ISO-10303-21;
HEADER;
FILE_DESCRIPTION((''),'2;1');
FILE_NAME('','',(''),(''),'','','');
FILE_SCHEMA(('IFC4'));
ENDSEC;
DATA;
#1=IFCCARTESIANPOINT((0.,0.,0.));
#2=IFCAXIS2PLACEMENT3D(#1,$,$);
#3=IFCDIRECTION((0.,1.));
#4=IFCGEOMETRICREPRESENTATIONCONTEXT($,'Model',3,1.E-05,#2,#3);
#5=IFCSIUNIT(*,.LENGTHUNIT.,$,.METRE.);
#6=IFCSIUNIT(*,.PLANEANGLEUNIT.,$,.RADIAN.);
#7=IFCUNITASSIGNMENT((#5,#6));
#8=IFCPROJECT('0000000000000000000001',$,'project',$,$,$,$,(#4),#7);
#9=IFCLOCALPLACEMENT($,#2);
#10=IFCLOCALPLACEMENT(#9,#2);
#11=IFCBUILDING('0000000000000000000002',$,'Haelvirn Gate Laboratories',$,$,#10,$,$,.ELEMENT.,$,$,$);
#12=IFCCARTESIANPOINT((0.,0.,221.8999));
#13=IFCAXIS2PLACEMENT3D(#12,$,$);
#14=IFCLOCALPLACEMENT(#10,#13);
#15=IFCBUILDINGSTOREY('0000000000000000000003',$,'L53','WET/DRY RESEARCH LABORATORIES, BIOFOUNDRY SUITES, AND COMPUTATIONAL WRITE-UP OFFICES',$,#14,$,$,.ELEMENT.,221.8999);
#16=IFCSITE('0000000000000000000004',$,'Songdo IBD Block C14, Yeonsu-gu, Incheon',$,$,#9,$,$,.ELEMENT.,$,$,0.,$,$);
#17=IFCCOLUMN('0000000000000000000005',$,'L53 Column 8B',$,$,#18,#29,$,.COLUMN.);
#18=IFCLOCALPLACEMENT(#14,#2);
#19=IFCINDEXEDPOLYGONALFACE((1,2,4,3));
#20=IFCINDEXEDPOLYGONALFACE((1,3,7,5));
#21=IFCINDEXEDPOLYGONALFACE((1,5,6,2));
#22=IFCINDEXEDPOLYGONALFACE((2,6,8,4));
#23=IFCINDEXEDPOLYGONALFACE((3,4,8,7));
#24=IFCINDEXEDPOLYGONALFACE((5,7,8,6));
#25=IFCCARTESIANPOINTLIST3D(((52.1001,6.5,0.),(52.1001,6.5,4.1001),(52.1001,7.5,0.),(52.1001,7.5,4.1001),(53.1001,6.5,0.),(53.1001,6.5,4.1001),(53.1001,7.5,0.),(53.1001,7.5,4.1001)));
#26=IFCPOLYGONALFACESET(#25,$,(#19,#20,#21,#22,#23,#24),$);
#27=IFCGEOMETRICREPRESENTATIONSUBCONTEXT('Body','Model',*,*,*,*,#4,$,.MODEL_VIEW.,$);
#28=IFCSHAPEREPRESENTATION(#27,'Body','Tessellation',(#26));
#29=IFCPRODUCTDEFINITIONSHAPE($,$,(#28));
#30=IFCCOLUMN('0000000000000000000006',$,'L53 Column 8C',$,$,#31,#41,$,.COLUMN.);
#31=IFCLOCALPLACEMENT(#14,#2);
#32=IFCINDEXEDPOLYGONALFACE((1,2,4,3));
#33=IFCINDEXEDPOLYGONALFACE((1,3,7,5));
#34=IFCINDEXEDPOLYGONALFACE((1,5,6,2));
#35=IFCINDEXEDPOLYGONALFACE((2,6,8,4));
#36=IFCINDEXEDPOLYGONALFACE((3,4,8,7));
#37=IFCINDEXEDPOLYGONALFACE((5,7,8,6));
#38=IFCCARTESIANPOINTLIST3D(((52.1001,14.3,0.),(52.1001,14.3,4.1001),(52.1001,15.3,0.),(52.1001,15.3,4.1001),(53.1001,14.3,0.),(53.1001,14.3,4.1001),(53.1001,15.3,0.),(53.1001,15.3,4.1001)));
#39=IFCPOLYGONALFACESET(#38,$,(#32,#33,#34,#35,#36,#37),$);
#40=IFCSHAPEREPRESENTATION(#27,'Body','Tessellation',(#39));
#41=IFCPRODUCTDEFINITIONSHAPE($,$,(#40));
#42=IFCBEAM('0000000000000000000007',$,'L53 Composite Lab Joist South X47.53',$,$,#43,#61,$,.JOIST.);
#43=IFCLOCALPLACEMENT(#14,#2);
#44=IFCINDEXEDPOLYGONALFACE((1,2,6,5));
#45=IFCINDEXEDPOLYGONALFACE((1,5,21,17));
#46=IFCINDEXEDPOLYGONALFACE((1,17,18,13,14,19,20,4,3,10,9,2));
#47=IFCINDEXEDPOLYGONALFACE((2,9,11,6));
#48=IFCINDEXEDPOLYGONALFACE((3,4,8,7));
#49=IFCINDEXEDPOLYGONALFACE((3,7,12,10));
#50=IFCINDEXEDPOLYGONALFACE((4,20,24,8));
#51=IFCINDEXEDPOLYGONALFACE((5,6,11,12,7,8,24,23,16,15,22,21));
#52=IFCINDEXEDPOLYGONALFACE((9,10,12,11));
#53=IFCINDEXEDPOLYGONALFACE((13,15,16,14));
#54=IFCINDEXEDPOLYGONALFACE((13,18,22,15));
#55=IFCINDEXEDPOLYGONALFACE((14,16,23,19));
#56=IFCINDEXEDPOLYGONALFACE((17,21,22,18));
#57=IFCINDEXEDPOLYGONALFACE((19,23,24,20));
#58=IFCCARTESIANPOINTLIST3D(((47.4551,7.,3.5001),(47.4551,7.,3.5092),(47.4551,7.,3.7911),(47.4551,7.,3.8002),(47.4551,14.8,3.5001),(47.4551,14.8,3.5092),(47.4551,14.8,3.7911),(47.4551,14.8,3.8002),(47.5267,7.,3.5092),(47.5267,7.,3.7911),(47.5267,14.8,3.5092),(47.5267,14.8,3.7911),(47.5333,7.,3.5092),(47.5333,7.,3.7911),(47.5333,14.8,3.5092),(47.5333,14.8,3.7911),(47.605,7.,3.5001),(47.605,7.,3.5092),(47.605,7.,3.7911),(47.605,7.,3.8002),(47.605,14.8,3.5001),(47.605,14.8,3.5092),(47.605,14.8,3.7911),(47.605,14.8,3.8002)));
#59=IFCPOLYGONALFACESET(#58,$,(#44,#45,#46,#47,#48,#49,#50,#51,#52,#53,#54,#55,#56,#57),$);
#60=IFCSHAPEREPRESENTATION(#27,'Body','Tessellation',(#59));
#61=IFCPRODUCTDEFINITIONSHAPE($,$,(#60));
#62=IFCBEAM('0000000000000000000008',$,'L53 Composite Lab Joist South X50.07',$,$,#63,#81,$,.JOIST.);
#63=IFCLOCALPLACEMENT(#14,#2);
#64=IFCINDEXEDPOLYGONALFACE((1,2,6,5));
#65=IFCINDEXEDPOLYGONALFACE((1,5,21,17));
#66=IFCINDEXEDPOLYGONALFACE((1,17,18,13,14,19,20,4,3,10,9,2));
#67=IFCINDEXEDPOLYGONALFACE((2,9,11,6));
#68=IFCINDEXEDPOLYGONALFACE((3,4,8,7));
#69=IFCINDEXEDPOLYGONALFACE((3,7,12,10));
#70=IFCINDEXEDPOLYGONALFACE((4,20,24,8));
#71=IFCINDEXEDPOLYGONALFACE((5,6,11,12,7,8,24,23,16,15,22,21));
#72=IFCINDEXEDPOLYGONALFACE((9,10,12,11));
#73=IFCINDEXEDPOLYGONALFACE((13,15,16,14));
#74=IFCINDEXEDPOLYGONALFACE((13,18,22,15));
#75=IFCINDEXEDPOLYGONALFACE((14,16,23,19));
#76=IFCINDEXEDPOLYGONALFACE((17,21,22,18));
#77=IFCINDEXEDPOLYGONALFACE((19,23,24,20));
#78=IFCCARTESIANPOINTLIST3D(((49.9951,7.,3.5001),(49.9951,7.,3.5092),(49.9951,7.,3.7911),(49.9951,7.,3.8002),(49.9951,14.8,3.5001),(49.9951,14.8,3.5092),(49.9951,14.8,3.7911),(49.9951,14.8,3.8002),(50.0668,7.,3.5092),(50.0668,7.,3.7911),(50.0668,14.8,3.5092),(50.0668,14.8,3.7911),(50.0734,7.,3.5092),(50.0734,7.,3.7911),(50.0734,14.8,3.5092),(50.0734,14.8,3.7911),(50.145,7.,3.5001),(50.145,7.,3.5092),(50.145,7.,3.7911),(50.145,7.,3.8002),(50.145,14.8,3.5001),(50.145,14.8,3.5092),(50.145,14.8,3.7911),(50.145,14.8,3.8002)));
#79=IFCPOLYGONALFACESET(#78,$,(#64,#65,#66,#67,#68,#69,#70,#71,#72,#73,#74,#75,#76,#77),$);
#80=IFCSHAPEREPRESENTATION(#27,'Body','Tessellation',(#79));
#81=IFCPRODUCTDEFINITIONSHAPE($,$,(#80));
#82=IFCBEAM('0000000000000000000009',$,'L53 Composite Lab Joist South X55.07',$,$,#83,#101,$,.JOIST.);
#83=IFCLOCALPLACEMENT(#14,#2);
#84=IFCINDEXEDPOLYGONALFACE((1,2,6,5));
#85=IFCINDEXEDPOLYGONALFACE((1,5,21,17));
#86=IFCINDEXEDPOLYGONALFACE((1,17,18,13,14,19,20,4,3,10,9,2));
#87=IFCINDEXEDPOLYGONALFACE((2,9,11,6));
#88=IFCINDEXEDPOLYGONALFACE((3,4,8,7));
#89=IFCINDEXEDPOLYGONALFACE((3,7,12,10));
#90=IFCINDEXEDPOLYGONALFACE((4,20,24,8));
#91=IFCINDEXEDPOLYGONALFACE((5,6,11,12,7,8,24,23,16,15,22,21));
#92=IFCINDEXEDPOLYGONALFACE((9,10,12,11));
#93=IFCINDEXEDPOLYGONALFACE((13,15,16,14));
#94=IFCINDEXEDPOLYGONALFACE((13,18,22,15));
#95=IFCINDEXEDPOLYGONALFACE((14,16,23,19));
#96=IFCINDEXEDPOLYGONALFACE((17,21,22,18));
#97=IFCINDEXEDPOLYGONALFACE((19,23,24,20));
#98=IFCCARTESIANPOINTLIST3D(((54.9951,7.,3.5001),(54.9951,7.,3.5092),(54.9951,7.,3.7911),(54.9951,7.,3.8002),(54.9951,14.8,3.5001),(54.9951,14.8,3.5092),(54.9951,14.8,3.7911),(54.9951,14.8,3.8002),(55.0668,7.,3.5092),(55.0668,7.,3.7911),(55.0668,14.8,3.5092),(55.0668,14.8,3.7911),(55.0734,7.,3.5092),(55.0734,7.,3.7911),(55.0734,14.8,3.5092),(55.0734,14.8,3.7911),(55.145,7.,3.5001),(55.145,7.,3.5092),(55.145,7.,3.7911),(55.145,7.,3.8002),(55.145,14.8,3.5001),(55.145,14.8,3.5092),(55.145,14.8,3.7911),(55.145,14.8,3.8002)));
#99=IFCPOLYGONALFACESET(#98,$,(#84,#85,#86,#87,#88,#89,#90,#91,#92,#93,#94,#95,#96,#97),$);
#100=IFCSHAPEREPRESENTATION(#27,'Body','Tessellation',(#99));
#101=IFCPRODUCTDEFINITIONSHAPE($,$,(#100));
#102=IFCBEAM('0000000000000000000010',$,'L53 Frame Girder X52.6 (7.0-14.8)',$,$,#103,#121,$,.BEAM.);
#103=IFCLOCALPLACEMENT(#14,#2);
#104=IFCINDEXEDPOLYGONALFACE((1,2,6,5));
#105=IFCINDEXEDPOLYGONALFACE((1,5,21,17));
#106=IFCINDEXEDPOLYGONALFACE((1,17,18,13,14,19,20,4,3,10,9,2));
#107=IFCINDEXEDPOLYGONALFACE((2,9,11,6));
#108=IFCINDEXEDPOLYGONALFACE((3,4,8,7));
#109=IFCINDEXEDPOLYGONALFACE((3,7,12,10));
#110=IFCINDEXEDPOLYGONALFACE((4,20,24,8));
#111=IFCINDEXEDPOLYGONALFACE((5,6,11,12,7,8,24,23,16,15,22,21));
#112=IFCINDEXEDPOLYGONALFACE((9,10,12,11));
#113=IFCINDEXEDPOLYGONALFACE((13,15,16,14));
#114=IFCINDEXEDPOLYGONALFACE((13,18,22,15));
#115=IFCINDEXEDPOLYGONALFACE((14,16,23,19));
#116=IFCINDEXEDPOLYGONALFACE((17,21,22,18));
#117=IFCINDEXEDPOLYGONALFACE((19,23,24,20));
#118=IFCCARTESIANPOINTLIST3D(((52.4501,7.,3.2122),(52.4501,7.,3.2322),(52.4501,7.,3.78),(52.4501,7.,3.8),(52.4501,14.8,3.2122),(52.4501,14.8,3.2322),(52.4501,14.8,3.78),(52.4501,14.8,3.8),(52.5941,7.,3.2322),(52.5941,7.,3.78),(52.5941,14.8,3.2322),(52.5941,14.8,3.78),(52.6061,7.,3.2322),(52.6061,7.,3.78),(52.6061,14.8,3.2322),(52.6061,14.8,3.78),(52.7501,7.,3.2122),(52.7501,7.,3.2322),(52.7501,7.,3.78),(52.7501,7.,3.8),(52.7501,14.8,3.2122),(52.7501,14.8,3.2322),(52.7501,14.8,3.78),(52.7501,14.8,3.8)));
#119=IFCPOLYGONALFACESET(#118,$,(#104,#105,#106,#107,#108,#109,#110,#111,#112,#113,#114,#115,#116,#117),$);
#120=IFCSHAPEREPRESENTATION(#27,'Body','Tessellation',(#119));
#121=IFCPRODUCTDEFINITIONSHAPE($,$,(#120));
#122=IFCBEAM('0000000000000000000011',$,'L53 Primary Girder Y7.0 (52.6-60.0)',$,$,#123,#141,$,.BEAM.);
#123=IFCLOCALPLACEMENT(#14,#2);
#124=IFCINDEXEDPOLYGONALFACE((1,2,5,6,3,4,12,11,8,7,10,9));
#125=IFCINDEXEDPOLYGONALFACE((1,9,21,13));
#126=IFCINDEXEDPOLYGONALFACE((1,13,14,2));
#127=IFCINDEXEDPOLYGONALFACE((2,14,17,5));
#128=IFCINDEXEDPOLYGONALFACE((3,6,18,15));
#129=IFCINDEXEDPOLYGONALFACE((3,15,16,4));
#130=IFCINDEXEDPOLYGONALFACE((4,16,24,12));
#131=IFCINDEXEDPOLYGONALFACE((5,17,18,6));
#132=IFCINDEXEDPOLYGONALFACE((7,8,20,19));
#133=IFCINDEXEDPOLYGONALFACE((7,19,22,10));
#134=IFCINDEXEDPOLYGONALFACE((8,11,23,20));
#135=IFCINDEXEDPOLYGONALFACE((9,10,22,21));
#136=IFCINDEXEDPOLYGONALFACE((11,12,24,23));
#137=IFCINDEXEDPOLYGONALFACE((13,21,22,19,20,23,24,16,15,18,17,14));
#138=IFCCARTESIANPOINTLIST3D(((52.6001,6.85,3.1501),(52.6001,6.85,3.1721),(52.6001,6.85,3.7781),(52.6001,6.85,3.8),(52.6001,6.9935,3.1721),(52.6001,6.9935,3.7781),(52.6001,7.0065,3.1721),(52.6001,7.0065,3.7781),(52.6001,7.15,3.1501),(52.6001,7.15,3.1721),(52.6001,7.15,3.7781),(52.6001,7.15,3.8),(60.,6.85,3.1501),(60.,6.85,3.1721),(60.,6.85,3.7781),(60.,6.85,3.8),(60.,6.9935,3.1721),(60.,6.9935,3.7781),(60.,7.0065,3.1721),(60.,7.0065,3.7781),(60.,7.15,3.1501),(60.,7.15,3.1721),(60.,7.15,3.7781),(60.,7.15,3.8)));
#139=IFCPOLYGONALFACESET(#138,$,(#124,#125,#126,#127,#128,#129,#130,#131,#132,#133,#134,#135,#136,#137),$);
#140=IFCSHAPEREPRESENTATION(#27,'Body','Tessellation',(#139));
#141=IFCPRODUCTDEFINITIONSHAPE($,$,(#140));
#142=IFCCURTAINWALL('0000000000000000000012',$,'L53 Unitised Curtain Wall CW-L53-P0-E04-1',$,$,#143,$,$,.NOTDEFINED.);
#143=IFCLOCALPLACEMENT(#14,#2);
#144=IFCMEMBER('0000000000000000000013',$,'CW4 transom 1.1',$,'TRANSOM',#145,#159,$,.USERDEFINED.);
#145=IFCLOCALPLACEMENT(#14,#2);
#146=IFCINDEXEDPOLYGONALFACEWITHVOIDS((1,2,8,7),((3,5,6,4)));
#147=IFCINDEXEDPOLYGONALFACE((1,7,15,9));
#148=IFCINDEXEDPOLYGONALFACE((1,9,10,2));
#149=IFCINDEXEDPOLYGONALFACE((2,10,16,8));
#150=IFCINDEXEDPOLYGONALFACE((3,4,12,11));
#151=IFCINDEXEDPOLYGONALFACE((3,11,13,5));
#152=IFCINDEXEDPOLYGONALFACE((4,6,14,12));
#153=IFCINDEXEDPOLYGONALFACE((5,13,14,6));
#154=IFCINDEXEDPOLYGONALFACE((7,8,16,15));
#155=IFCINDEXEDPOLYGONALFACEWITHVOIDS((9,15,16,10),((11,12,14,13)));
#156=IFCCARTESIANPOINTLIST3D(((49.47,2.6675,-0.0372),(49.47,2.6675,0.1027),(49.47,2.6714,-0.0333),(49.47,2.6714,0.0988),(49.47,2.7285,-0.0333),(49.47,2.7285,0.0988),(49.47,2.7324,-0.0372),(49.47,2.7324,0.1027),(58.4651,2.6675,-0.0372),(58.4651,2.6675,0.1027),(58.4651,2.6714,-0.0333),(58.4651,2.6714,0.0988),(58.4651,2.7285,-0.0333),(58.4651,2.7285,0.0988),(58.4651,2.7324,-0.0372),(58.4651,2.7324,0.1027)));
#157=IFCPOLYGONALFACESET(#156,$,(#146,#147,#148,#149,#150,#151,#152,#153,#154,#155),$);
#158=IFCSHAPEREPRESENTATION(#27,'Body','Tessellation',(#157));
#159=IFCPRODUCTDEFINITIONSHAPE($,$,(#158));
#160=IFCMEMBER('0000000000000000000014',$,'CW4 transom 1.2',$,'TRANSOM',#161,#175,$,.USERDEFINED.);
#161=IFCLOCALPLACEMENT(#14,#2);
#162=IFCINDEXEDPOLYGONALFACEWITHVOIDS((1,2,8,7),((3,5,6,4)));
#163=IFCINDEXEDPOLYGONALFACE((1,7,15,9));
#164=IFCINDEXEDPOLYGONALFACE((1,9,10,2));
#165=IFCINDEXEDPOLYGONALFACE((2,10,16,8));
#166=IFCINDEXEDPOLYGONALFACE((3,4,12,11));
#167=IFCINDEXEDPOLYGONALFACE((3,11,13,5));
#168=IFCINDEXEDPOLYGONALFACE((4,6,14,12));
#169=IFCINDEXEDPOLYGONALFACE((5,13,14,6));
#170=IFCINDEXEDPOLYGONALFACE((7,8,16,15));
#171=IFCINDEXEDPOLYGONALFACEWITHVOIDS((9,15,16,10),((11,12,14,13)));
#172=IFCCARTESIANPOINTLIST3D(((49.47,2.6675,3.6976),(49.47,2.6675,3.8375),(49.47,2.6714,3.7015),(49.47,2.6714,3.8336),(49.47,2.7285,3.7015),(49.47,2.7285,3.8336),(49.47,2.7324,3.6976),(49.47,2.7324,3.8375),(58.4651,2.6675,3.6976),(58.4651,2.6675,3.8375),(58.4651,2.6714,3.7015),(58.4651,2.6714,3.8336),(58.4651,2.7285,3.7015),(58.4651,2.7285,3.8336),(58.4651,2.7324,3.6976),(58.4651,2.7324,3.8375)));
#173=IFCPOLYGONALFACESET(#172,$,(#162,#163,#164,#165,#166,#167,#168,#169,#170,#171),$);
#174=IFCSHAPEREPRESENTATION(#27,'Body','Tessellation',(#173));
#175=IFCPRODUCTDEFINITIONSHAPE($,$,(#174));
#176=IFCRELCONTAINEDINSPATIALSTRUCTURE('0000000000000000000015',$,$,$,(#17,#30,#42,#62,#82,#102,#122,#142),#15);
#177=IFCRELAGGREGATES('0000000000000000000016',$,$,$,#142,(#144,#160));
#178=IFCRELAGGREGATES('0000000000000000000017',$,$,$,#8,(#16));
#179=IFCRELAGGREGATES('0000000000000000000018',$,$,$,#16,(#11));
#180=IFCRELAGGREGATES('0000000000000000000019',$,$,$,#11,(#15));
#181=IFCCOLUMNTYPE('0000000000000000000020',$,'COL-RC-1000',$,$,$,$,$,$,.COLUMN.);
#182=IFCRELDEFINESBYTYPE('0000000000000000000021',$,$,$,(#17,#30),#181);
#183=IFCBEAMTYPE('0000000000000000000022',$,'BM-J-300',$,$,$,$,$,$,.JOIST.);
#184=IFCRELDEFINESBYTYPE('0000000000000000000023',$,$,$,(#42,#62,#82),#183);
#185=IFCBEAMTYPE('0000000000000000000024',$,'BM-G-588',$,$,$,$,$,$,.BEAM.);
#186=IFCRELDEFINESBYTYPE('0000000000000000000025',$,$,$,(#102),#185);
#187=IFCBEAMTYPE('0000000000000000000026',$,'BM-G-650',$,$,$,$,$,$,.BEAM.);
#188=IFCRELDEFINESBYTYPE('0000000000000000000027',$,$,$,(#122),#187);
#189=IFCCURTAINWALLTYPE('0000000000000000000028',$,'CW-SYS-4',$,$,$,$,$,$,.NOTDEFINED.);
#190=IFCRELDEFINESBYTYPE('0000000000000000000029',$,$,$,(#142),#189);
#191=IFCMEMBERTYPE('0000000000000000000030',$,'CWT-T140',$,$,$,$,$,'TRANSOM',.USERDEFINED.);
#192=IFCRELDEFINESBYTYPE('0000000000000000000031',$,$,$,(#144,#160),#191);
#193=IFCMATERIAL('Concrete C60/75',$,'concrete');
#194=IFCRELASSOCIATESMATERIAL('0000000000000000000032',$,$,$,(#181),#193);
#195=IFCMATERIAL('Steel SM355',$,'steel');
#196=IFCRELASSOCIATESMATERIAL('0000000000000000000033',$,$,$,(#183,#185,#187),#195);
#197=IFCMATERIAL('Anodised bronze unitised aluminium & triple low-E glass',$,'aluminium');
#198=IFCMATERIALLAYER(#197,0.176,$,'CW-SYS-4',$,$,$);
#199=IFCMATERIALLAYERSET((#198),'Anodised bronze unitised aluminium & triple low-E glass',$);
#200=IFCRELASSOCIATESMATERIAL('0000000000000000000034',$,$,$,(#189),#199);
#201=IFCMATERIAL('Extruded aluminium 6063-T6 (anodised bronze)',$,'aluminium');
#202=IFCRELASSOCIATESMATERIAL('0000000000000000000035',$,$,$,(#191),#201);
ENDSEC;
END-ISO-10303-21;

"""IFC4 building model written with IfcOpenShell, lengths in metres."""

from ifc_helpers import new_model, si_unit, direction, frame, origin, origin_2d, place, context, subcontext, project, spatial, rectangle, hollow_rectangle, i_section, extrude, source, transform, mapped, material, layer, layer_set, material_profile, profile_set, type_object, type_shapes, element, aggregate, save


model = new_model("IFC4")

# Units and contexts
model_context = context("Model", 3, precision=1e-05, world=origin(), true_north=direction((0.0, 1.0)))
body_context = subcontext(model_context, "Body", "Model", "MODEL_VIEW")
ifc_project = project(units=[si_unit("LENGTHUNIT", "METRE"), si_unit("PLANEANGLEUNIT", "RADIAN")], contexts=[model_context])

# Site, building, storey
site_placement = place(None, origin())
site = spatial("IfcSite", under=ifc_project, at=site_placement, Name="Songdo IBD Block C14, Yeonsu-gu, Incheon", CompositionType="ELEMENT", RefElevation=0.0)
building_placement = place(site_placement, origin())
building = spatial("IfcBuilding", under=site, at=building_placement, Name="Haelvirn Gate Laboratories", CompositionType="ELEMENT")
storey_placement = place(building_placement, frame((0.0, 0.0, 221.8999)))
storey = spatial("IfcBuildingStorey", under=building, at=storey_placement, Name="L53", Description="WET/DRY RESEARCH LABORATORIES, BIOFOUNDRY SUITES, AND COMPUTATIONAL WRITE-UP OFFICES", CompositionType="ELEMENT", Elevation=221.8999)

# Columns
ifc_material_1 = material(Name="Concrete C60/75", Category="concrete")
ifc_material_profile_1 = material_profile(ifc_material_1, rectangle(XDim=1.0, YDim=1.0, at=origin_2d()), Name="RC-1000x1000")
ifc_profile_set_1 = profile_set([ifc_material_profile_1], Name="Concrete C60/75")
column_type = type_object("IfcColumnType", Name="COL-RC-1000", PredefinedType="COLUMN", material=ifc_profile_set_1)
shared_shape_1 = source(origin(), body_context, "Body", "SweptSolid", [
    extrude(rectangle(XDim=1.0, YDim=1.0, at=origin_2d()), origin(), (0.0, 0.0, 1.0), 4.1001),
])
type_shapes(column_type, [shared_shape_1])
for number, where, z_axis, x_axis, name in (
    (1, (52.6001, 7.0, 0.0), (0.0, 0.0, 1.0), (1.0, 0.0, 0.0), "L53 Column 8B"),
    (2, (52.6001, 14.8, 0.0), (0.0, 0.0, 1.0), (1.0, 0.0, 0.0), "L53 Column 8C"),
):
    element("IfcColumn", number, at=place(storey_placement, frame(where, z_axis=z_axis, x_axis=x_axis)), inside=storey, type_object=column_type, Name=name, PredefinedType="COLUMN", context=body_context, shape_type="MappedRepresentation", body=[
        mapped(shared_shape_1, transform((0.0, 0.0, 0.0), scale=1.0)),
    ])

# Beams
ifc_material_2 = material(Name="Steel SM355", Category="steel")
ifc_material_profile_2 = material_profile(ifc_material_2, i_section(OverallWidth=0.1499, OverallDepth=0.3, WebThickness=0.0066, FlangeThickness=0.009, at=origin_2d()), Name="H-300x150x6.5x9")
ifc_profile_set_2 = profile_set([ifc_material_profile_2], Name="Steel SM355")
beam_type_1 = type_object("IfcBeamType", Name="BM-J-300", PredefinedType="JOIST", material=ifc_profile_set_2)
shared_shape_2 = source(origin(), body_context, "Body", "SweptSolid", [
    extrude(i_section(OverallWidth=0.1499, OverallDepth=0.3, WebThickness=0.0066, FlangeThickness=0.009, at=origin_2d()), origin(), (0.0, 0.0, 1.0), 7.8),
])
type_shapes(beam_type_1, [shared_shape_2])
for number, where, z_axis, x_axis, name in (
    (3, (47.53, 7.0, 3.6501), (0.0, 1.0, 0.0), (-1.0, 0.0, 0.0), "L53 Composite Lab Joist South X47.53"),
    (4, (50.0701, 7.0, 3.6501), (0.0, 1.0, 0.0), (-1.0, 0.0, 0.0), "L53 Composite Lab Joist South X50.07"),
    (5, (55.0701, 7.0, 3.6501), (0.0, 1.0, 0.0), (-1.0, 0.0, 0.0), "L53 Composite Lab Joist South X55.07"),
):
    element("IfcBeam", number, at=place(storey_placement, frame(where, z_axis=z_axis, x_axis=x_axis)), inside=storey, type_object=beam_type_1, Name=name, PredefinedType="JOIST", context=body_context, shape_type="MappedRepresentation", body=[
        mapped(shared_shape_2, transform((0.0, 0.0, 0.0), scale=1.0)),
    ])
ifc_material_profile_3 = material_profile(ifc_material_2, i_section(OverallWidth=0.3, OverallDepth=0.5879, WebThickness=0.012, FlangeThickness=0.02, at=origin_2d()), Name="H-588x300x12x20")
ifc_profile_set_3 = profile_set([ifc_material_profile_3], Name="Steel SM355")
beam_type_2 = type_object("IfcBeamType", Name="BM-G-588", PredefinedType="BEAM", material=ifc_profile_set_3)
shared_shape_3 = source(origin(), body_context, "Body", "SweptSolid", [
    extrude(i_section(OverallWidth=0.3, OverallDepth=0.5879, WebThickness=0.012, FlangeThickness=0.02, at=origin_2d()), origin(), (0.0, 0.0, 1.0), 7.8),
])
type_shapes(beam_type_2, [shared_shape_3])
beam_1_placement = place(storey_placement, frame((52.6001, 7.0, 3.5061), z_axis=(0.0, 1.0, 0.0), x_axis=(-1.0, 0.0, 0.0)))
element("IfcBeam", 6, at=beam_1_placement, inside=storey, type_object=beam_type_2, Name="L53 Frame Girder X52.6 (7.0-14.8)", PredefinedType="BEAM", context=body_context, shape_type="MappedRepresentation", body=[
    mapped(shared_shape_3, transform((0.0, 0.0, 0.0), scale=1.0)),
])
ifc_material_profile_4 = material_profile(ifc_material_2, i_section(OverallWidth=0.3, OverallDepth=0.6499, WebThickness=0.0129, FlangeThickness=0.022, at=origin_2d()), Name="H-650x300x13x22")
ifc_profile_set_4 = profile_set([ifc_material_profile_4], Name="Steel SM355")
beam_type_3 = type_object("IfcBeamType", Name="BM-G-650", PredefinedType="BEAM", material=ifc_profile_set_4)
shared_shape_4 = source(origin(), body_context, "Body", "SweptSolid", [
    extrude(i_section(OverallWidth=0.3, OverallDepth=0.6499, WebThickness=0.0129, FlangeThickness=0.022, at=origin_2d()), origin(), (0.0, 0.0, 1.0), 7.3999),
])
type_shapes(beam_type_3, [shared_shape_4])
beam_2_placement = place(storey_placement, frame((52.6001, 7.0, 3.4751), z_axis=(1.0, 0.0, 0.0), x_axis=(0.0, 1.0, 0.0)))
element("IfcBeam", 7, at=beam_2_placement, inside=storey, type_object=beam_type_3, Name="L53 Primary Girder Y7.0 (52.6-60.0)", PredefinedType="BEAM", context=body_context, shape_type="MappedRepresentation", body=[
    mapped(shared_shape_4, transform((0.0, 0.0, 0.0), scale=1.0)),
])

# Curtain wall, members
ifc_material_3 = material(Name="Anodised bronze unitised aluminium & triple low-E glass", Category="aluminium")
ifc_layer_1 = layer(ifc_material_3, 0.176, Name="CW-SYS-4")
ifc_layer_set_1 = layer_set([ifc_layer_1], Name="Anodised bronze unitised aluminium & triple low-E glass")
curtain_wall_type = type_object("IfcCurtainWallType", Name="CW-SYS-4", PredefinedType="NOTDEFINED", material=ifc_layer_set_1)
curtain_wall_1_placement = place(storey_placement, origin())
curtain_wall_1 = element("IfcCurtainWall", 8, at=curtain_wall_1_placement, inside=storey, type_object=curtain_wall_type, Name="L53 Unitised Curtain Wall CW-L53-P0-E04-1", PredefinedType="NOTDEFINED")
ifc_material_4 = material(Name="Extruded aluminium 6063-T6 (anodised bronze)", Category="aluminium")
ifc_material_profile_5 = material_profile(ifc_material_4, hollow_rectangle(XDim=0.0649, YDim=0.1399, WallThickness=0.0039, at=origin_2d()), Name="CWT-140x65x4")
ifc_profile_set_5 = profile_set([ifc_material_profile_5], Name="Extruded aluminium 6063-T6 (anodised bronze)")
member_type_1 = type_object("IfcMemberType", Name="CWT-T140", ElementType="TRANSOM", PredefinedType="USERDEFINED", material=ifc_profile_set_5)
shared_shape_5 = source(origin(), body_context, "Body", "SweptSolid", [
    extrude(hollow_rectangle(XDim=0.0649, YDim=0.1399, WallThickness=0.0039, at=origin_2d()), origin(), (0.0, 0.0, 1.0), 8.9951),
])
type_shapes(member_type_1, [shared_shape_5])
member_1_placement = place(storey_placement, frame((49.47, 2.7, 0.0327), z_axis=(1.0, 0.0, 0.0), x_axis=(0.0, 1.0, 0.0)))
member_1 = element("IfcMember", 9, at=member_1_placement, type_object=member_type_1, Name="CW4 transom 1.1", ObjectType="TRANSOM", PredefinedType="USERDEFINED", context=body_context, shape_type="MappedRepresentation", body=[
    mapped(shared_shape_5, transform((0.0, 0.0, 0.0), scale=1.0)),
])
member_2_placement = place(storey_placement, frame((49.47, 2.7, 3.7676), z_axis=(1.0, 0.0, 0.0), x_axis=(0.0, 1.0, 0.0)))
member_2 = element("IfcMember", 10, at=member_2_placement, type_object=member_type_1, Name="CW4 transom 1.2", ObjectType="TRANSOM", PredefinedType="USERDEFINED", context=body_context, shape_type="MappedRepresentation", body=[
    mapped(shared_shape_5, transform((0.0, 0.0, 0.0), scale=1.0)),
])

aggregate(curtain_wall_1, [member_1, member_2])

save(model, "model.ifc")
